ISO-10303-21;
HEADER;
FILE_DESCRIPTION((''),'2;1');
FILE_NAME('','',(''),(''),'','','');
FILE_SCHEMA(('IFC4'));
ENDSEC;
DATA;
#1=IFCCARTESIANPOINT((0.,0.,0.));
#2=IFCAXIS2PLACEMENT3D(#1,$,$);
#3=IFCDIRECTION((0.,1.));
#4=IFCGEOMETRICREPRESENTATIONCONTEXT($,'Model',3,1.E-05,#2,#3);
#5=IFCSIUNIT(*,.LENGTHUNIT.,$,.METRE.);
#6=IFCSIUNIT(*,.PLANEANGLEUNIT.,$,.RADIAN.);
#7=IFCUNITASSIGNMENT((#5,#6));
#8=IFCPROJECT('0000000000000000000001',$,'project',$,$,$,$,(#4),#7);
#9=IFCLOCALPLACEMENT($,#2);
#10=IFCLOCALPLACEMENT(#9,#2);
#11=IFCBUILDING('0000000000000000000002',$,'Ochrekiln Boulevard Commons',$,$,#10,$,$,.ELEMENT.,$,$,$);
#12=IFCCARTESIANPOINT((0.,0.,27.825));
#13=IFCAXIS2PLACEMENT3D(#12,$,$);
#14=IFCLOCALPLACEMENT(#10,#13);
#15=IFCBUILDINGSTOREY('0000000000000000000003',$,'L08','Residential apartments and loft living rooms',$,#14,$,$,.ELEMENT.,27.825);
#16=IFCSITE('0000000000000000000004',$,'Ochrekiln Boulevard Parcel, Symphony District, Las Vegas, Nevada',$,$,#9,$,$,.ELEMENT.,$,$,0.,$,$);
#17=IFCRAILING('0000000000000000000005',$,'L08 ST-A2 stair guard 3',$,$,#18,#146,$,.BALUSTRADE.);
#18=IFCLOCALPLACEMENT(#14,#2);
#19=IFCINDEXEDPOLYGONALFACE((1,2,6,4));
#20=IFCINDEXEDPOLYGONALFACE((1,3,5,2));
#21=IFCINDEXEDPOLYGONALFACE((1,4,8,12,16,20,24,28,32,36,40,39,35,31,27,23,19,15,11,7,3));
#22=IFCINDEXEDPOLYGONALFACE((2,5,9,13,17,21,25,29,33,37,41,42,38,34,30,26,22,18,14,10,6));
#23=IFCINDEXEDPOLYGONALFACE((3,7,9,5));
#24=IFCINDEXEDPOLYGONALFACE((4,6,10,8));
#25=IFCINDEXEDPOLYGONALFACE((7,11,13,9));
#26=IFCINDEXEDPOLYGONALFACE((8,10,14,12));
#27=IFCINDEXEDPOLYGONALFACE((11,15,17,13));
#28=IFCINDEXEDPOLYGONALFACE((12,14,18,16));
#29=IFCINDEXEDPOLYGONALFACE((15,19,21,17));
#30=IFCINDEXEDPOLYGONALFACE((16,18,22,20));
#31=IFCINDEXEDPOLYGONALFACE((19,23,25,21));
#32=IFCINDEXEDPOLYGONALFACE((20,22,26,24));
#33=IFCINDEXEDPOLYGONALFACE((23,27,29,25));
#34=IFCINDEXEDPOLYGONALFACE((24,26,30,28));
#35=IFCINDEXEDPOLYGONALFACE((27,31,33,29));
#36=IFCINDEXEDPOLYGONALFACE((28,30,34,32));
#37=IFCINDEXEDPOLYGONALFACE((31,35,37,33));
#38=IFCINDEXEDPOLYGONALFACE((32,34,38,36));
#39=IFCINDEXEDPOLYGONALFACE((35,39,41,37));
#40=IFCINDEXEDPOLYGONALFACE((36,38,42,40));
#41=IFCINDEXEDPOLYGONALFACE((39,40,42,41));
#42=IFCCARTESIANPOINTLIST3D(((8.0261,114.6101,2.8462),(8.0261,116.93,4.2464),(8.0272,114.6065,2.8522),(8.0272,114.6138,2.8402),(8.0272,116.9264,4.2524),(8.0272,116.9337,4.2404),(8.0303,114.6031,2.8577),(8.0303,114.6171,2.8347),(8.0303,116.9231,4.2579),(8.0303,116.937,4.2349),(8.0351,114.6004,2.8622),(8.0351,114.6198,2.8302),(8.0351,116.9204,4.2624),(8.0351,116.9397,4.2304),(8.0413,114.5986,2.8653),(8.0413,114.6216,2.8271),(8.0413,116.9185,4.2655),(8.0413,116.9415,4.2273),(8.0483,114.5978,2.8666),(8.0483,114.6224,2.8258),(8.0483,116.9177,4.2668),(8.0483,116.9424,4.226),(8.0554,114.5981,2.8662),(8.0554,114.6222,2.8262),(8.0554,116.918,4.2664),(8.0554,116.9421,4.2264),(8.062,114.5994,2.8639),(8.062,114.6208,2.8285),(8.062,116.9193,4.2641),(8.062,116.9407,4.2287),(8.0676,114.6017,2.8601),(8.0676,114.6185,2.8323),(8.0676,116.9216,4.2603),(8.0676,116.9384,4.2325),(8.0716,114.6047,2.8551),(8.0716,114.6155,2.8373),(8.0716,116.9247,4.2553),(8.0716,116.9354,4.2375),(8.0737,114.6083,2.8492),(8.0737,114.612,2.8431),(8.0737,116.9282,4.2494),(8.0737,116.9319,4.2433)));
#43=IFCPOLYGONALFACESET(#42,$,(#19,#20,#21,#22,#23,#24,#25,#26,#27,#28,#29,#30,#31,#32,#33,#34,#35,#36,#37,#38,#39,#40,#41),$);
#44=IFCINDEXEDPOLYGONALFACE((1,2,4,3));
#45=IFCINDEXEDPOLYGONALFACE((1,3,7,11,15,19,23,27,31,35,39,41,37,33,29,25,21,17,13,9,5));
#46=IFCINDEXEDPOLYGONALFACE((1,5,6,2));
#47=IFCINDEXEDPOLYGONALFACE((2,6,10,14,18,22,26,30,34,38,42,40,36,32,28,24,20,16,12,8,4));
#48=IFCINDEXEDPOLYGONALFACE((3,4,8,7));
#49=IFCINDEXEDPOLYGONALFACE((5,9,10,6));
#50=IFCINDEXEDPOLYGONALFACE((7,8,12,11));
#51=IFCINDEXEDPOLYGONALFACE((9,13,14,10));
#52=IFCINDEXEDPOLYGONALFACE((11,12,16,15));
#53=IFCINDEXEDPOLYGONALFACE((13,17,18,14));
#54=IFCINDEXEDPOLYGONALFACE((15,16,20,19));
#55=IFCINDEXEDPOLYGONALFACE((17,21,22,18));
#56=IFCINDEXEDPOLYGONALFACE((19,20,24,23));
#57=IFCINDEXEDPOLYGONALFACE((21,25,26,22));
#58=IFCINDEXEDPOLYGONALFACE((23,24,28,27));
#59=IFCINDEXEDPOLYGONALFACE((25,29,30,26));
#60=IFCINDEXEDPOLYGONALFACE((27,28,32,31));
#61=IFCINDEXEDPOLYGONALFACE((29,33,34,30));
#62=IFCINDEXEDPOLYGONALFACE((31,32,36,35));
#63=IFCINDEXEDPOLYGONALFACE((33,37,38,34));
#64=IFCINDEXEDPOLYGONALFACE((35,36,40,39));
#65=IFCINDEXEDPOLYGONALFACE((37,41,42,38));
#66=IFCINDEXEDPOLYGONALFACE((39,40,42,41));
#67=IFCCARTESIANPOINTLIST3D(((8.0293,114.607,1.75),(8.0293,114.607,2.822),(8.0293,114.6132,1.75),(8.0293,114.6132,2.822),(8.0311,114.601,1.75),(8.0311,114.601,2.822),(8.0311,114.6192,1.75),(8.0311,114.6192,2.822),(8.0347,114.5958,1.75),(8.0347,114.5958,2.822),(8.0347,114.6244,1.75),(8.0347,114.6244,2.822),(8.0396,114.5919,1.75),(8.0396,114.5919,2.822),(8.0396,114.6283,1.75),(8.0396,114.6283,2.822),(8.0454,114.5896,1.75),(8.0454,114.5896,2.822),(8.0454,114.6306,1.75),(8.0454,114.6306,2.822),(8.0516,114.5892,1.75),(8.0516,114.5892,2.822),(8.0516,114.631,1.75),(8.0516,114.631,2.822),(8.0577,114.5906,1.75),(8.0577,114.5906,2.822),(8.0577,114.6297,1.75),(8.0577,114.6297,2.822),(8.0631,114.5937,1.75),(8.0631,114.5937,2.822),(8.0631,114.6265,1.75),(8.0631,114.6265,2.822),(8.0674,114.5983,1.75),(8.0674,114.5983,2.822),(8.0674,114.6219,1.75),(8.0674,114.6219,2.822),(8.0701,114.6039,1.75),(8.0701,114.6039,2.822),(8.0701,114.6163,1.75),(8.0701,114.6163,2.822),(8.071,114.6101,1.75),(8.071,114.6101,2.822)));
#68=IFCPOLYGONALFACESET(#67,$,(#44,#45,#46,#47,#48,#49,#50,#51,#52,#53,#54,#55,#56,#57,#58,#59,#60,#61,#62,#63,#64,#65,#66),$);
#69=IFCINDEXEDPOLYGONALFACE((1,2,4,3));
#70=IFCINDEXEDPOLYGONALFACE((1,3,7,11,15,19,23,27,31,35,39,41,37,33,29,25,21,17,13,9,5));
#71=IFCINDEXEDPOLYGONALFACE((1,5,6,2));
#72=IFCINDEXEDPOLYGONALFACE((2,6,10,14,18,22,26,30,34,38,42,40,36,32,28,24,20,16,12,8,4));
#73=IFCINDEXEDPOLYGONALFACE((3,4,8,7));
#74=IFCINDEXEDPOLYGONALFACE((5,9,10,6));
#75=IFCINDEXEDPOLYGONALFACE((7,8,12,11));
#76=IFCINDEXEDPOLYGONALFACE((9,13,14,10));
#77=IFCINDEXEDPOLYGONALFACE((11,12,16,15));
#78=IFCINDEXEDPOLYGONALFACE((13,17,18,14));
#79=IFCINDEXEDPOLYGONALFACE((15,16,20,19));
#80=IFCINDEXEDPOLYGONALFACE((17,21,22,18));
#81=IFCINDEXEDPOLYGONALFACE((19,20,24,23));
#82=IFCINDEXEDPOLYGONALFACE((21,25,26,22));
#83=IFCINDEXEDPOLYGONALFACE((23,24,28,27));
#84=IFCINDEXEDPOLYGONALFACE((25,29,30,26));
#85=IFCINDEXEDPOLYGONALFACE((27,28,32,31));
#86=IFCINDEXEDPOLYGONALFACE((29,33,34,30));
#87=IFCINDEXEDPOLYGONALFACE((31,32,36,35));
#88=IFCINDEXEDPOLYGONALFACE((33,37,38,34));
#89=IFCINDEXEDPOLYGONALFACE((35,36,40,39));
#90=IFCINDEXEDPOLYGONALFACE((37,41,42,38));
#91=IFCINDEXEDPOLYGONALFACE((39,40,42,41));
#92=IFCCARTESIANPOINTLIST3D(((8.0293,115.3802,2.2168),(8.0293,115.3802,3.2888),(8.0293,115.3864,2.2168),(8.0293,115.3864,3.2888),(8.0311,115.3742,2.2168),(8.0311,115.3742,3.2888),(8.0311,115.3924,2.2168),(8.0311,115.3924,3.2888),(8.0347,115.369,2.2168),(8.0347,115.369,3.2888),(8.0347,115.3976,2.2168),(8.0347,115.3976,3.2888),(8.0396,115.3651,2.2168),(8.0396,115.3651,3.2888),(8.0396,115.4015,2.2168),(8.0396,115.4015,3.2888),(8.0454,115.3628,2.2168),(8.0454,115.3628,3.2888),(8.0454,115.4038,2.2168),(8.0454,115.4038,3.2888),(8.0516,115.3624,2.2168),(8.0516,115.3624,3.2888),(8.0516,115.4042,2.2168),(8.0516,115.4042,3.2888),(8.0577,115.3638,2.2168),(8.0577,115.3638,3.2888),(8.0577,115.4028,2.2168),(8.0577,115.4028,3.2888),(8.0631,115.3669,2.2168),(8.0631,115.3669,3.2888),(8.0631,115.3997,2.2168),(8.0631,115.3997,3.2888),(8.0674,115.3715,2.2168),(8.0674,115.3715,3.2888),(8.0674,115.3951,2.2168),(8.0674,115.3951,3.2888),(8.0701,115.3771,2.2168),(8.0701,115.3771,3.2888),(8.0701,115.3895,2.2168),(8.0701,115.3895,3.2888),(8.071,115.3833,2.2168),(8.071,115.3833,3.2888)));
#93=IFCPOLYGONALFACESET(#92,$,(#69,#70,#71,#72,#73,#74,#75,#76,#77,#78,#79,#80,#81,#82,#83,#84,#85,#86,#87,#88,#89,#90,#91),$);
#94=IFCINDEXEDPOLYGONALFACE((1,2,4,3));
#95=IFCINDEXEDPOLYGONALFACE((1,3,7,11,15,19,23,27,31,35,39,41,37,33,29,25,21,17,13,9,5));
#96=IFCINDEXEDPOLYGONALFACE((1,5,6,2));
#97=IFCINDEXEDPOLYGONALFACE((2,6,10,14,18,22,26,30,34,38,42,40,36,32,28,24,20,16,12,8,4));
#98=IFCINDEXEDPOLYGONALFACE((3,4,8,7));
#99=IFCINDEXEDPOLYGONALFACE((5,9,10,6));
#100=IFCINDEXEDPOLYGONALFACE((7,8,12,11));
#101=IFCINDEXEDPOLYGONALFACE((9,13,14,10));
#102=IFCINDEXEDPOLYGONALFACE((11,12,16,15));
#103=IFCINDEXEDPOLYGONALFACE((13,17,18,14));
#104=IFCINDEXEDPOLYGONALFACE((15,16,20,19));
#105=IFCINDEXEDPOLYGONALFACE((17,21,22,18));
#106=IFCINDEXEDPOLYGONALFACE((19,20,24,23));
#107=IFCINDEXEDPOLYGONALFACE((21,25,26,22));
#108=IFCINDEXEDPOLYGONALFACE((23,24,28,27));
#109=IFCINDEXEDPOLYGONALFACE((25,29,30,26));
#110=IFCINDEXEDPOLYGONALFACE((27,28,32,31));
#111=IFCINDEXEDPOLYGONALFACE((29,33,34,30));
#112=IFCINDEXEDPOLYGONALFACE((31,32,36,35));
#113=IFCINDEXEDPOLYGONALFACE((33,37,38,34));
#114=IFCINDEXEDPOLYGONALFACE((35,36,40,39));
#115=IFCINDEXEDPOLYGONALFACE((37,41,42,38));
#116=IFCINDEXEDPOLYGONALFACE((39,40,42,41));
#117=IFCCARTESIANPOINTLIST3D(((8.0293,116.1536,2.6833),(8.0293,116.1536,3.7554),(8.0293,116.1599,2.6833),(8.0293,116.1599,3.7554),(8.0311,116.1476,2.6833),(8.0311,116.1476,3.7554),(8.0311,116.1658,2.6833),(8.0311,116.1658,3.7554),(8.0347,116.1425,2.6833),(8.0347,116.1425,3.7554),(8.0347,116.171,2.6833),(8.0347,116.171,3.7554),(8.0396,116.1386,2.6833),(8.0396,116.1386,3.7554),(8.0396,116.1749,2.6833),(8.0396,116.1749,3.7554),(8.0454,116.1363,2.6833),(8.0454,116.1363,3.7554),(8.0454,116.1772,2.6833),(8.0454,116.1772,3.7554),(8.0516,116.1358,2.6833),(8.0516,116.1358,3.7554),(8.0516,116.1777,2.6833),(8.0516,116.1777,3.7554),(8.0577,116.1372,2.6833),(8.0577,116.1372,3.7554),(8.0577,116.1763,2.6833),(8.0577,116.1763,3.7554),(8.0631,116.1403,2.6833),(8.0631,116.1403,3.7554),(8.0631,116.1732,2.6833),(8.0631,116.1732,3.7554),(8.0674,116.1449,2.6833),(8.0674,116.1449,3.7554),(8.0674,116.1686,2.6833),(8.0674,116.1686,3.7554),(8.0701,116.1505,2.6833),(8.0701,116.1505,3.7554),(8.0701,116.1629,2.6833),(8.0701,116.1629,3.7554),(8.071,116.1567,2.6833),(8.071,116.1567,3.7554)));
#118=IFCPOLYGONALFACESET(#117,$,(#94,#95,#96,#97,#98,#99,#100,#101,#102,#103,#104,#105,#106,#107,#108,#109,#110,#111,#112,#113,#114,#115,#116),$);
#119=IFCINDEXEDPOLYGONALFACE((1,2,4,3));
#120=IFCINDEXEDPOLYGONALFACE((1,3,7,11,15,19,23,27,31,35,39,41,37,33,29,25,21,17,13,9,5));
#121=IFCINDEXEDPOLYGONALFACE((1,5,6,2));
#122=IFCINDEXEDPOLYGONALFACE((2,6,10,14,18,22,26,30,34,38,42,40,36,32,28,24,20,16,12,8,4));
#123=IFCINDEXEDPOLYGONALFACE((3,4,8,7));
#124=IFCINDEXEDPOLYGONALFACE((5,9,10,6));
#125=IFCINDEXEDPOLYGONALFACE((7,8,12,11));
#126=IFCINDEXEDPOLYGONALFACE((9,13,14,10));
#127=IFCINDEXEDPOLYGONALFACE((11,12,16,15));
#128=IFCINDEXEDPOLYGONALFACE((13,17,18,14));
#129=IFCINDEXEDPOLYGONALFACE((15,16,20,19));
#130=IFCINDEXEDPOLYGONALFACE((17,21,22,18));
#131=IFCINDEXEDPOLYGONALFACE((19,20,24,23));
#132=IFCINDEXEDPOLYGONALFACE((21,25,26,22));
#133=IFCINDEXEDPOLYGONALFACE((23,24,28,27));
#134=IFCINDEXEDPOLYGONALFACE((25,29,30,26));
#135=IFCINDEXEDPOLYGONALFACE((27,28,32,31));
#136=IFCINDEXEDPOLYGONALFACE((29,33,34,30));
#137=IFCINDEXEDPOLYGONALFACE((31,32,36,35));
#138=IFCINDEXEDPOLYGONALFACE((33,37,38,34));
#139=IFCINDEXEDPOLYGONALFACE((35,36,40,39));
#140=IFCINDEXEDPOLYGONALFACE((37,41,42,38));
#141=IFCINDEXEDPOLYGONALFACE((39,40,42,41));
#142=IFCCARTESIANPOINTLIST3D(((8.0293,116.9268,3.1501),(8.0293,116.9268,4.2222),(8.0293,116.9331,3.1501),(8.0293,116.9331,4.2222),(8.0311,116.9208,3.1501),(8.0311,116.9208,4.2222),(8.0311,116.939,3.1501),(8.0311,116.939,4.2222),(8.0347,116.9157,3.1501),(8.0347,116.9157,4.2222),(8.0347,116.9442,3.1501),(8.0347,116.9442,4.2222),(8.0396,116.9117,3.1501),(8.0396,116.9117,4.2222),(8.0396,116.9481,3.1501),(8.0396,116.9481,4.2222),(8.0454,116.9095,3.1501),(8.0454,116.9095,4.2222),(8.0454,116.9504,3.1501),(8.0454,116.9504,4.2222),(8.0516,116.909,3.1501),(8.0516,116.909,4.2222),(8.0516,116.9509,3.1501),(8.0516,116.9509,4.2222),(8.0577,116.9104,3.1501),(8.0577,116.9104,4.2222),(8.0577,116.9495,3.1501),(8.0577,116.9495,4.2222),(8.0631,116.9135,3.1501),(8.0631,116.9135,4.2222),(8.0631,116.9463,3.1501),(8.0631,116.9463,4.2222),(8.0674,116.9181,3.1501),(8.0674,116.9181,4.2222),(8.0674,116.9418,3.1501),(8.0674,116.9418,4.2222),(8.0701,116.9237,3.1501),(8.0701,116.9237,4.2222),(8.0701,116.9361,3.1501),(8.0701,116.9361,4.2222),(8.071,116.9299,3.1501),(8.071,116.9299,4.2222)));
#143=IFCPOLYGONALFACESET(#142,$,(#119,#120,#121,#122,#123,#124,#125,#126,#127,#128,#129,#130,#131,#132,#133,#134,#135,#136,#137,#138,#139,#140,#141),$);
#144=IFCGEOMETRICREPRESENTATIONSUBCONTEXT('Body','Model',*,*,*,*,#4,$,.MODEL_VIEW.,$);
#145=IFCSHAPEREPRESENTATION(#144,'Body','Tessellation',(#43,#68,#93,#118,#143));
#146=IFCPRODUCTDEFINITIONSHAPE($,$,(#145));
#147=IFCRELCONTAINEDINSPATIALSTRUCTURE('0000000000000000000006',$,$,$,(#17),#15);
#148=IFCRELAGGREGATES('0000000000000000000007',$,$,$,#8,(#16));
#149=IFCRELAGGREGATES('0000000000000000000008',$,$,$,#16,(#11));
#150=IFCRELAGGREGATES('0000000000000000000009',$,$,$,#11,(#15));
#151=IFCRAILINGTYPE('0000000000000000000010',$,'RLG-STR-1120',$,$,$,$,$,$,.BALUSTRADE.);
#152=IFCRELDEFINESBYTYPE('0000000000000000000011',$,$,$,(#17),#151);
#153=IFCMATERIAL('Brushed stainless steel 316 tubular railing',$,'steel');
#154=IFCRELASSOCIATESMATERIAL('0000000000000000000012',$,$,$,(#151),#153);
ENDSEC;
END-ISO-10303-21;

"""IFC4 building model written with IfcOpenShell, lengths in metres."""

from ifc_helpers import new_model, si_unit, direction, frame, origin, origin_2d, place, context, subcontext, project, spatial, circle, extrude, material, type_object, element, save


model = new_model("IFC4")

# Units and contexts
model_context = context("Model", 3, precision=1e-05, world=origin(), true_north=direction((0.0, 1.0)))
body_context = subcontext(model_context, "Body", "Model", "MODEL_VIEW")
ifc_project = project(units=[si_unit("LENGTHUNIT", "METRE"), si_unit("PLANEANGLEUNIT", "RADIAN")], contexts=[model_context])

# Site, building, storey
site_placement = place(None, origin())
site = spatial("IfcSite", under=ifc_project, at=site_placement, Name="Ochrekiln Boulevard Parcel, Symphony District, Las Vegas, Nevada", CompositionType="ELEMENT", RefElevation=0.0)
building_placement = place(site_placement, origin())
building = spatial("IfcBuilding", under=site, at=building_placement, Name="Ochrekiln Boulevard Commons", CompositionType="ELEMENT")
storey_placement = place(building_placement, frame((0.0, 0.0, 27.825)))
storey = spatial("IfcBuildingStorey", under=building, at=storey_placement, Name="L08", Description="Residential apartments and loft living rooms", CompositionType="ELEMENT", Elevation=27.825)

# Railing
ifc_material_1 = material(Name="Brushed stainless steel 316 tubular railing", Category="steel")
railing_type_1 = type_object("IfcRailingType", Name="RLG-STR-1120", PredefinedType="BALUSTRADE", material=ifc_material_1)
railing_1_placement = place(storey_placement, frame((8.05, 114.6101, 1.75)))
element("IfcRailing", 1, at=railing_1_placement, inside=storey, type_object=railing_type_1, Name="L08 ST-A2 stair guard 3", PredefinedType="BALUSTRADE", context=body_context, shape_type="SweptSolid", body=[
    extrude(circle(Radius=0.0239, at=origin_2d()), frame((0.0, 0.0, 1.0962), z_axis=(0.0, 0.856146, 0.516733), x_axis=(-1.0, 0.0, 0.0)), (0.0, 0.0, 1.0), 2.7097),
    extrude(circle(Radius=0.021, at=origin_2d()), origin(), (0.0, 0.0, 1.0), 1.072),
    extrude(circle(Radius=0.021, at=origin_2d()), frame((0.0, 0.7732, 0.4668)), (0.0, 0.0, 1.0), 1.072),
    extrude(circle(Radius=0.021, at=origin_2d()), frame((0.0, 1.5466, 0.9333)), (0.0, 0.0, 1.0), 1.072),
    extrude(circle(Radius=0.021, at=origin_2d()), frame((0.0, 2.3198, 1.4001)), (0.0, 0.0, 1.0), 1.072),
])

save(model, "model.ifc")
